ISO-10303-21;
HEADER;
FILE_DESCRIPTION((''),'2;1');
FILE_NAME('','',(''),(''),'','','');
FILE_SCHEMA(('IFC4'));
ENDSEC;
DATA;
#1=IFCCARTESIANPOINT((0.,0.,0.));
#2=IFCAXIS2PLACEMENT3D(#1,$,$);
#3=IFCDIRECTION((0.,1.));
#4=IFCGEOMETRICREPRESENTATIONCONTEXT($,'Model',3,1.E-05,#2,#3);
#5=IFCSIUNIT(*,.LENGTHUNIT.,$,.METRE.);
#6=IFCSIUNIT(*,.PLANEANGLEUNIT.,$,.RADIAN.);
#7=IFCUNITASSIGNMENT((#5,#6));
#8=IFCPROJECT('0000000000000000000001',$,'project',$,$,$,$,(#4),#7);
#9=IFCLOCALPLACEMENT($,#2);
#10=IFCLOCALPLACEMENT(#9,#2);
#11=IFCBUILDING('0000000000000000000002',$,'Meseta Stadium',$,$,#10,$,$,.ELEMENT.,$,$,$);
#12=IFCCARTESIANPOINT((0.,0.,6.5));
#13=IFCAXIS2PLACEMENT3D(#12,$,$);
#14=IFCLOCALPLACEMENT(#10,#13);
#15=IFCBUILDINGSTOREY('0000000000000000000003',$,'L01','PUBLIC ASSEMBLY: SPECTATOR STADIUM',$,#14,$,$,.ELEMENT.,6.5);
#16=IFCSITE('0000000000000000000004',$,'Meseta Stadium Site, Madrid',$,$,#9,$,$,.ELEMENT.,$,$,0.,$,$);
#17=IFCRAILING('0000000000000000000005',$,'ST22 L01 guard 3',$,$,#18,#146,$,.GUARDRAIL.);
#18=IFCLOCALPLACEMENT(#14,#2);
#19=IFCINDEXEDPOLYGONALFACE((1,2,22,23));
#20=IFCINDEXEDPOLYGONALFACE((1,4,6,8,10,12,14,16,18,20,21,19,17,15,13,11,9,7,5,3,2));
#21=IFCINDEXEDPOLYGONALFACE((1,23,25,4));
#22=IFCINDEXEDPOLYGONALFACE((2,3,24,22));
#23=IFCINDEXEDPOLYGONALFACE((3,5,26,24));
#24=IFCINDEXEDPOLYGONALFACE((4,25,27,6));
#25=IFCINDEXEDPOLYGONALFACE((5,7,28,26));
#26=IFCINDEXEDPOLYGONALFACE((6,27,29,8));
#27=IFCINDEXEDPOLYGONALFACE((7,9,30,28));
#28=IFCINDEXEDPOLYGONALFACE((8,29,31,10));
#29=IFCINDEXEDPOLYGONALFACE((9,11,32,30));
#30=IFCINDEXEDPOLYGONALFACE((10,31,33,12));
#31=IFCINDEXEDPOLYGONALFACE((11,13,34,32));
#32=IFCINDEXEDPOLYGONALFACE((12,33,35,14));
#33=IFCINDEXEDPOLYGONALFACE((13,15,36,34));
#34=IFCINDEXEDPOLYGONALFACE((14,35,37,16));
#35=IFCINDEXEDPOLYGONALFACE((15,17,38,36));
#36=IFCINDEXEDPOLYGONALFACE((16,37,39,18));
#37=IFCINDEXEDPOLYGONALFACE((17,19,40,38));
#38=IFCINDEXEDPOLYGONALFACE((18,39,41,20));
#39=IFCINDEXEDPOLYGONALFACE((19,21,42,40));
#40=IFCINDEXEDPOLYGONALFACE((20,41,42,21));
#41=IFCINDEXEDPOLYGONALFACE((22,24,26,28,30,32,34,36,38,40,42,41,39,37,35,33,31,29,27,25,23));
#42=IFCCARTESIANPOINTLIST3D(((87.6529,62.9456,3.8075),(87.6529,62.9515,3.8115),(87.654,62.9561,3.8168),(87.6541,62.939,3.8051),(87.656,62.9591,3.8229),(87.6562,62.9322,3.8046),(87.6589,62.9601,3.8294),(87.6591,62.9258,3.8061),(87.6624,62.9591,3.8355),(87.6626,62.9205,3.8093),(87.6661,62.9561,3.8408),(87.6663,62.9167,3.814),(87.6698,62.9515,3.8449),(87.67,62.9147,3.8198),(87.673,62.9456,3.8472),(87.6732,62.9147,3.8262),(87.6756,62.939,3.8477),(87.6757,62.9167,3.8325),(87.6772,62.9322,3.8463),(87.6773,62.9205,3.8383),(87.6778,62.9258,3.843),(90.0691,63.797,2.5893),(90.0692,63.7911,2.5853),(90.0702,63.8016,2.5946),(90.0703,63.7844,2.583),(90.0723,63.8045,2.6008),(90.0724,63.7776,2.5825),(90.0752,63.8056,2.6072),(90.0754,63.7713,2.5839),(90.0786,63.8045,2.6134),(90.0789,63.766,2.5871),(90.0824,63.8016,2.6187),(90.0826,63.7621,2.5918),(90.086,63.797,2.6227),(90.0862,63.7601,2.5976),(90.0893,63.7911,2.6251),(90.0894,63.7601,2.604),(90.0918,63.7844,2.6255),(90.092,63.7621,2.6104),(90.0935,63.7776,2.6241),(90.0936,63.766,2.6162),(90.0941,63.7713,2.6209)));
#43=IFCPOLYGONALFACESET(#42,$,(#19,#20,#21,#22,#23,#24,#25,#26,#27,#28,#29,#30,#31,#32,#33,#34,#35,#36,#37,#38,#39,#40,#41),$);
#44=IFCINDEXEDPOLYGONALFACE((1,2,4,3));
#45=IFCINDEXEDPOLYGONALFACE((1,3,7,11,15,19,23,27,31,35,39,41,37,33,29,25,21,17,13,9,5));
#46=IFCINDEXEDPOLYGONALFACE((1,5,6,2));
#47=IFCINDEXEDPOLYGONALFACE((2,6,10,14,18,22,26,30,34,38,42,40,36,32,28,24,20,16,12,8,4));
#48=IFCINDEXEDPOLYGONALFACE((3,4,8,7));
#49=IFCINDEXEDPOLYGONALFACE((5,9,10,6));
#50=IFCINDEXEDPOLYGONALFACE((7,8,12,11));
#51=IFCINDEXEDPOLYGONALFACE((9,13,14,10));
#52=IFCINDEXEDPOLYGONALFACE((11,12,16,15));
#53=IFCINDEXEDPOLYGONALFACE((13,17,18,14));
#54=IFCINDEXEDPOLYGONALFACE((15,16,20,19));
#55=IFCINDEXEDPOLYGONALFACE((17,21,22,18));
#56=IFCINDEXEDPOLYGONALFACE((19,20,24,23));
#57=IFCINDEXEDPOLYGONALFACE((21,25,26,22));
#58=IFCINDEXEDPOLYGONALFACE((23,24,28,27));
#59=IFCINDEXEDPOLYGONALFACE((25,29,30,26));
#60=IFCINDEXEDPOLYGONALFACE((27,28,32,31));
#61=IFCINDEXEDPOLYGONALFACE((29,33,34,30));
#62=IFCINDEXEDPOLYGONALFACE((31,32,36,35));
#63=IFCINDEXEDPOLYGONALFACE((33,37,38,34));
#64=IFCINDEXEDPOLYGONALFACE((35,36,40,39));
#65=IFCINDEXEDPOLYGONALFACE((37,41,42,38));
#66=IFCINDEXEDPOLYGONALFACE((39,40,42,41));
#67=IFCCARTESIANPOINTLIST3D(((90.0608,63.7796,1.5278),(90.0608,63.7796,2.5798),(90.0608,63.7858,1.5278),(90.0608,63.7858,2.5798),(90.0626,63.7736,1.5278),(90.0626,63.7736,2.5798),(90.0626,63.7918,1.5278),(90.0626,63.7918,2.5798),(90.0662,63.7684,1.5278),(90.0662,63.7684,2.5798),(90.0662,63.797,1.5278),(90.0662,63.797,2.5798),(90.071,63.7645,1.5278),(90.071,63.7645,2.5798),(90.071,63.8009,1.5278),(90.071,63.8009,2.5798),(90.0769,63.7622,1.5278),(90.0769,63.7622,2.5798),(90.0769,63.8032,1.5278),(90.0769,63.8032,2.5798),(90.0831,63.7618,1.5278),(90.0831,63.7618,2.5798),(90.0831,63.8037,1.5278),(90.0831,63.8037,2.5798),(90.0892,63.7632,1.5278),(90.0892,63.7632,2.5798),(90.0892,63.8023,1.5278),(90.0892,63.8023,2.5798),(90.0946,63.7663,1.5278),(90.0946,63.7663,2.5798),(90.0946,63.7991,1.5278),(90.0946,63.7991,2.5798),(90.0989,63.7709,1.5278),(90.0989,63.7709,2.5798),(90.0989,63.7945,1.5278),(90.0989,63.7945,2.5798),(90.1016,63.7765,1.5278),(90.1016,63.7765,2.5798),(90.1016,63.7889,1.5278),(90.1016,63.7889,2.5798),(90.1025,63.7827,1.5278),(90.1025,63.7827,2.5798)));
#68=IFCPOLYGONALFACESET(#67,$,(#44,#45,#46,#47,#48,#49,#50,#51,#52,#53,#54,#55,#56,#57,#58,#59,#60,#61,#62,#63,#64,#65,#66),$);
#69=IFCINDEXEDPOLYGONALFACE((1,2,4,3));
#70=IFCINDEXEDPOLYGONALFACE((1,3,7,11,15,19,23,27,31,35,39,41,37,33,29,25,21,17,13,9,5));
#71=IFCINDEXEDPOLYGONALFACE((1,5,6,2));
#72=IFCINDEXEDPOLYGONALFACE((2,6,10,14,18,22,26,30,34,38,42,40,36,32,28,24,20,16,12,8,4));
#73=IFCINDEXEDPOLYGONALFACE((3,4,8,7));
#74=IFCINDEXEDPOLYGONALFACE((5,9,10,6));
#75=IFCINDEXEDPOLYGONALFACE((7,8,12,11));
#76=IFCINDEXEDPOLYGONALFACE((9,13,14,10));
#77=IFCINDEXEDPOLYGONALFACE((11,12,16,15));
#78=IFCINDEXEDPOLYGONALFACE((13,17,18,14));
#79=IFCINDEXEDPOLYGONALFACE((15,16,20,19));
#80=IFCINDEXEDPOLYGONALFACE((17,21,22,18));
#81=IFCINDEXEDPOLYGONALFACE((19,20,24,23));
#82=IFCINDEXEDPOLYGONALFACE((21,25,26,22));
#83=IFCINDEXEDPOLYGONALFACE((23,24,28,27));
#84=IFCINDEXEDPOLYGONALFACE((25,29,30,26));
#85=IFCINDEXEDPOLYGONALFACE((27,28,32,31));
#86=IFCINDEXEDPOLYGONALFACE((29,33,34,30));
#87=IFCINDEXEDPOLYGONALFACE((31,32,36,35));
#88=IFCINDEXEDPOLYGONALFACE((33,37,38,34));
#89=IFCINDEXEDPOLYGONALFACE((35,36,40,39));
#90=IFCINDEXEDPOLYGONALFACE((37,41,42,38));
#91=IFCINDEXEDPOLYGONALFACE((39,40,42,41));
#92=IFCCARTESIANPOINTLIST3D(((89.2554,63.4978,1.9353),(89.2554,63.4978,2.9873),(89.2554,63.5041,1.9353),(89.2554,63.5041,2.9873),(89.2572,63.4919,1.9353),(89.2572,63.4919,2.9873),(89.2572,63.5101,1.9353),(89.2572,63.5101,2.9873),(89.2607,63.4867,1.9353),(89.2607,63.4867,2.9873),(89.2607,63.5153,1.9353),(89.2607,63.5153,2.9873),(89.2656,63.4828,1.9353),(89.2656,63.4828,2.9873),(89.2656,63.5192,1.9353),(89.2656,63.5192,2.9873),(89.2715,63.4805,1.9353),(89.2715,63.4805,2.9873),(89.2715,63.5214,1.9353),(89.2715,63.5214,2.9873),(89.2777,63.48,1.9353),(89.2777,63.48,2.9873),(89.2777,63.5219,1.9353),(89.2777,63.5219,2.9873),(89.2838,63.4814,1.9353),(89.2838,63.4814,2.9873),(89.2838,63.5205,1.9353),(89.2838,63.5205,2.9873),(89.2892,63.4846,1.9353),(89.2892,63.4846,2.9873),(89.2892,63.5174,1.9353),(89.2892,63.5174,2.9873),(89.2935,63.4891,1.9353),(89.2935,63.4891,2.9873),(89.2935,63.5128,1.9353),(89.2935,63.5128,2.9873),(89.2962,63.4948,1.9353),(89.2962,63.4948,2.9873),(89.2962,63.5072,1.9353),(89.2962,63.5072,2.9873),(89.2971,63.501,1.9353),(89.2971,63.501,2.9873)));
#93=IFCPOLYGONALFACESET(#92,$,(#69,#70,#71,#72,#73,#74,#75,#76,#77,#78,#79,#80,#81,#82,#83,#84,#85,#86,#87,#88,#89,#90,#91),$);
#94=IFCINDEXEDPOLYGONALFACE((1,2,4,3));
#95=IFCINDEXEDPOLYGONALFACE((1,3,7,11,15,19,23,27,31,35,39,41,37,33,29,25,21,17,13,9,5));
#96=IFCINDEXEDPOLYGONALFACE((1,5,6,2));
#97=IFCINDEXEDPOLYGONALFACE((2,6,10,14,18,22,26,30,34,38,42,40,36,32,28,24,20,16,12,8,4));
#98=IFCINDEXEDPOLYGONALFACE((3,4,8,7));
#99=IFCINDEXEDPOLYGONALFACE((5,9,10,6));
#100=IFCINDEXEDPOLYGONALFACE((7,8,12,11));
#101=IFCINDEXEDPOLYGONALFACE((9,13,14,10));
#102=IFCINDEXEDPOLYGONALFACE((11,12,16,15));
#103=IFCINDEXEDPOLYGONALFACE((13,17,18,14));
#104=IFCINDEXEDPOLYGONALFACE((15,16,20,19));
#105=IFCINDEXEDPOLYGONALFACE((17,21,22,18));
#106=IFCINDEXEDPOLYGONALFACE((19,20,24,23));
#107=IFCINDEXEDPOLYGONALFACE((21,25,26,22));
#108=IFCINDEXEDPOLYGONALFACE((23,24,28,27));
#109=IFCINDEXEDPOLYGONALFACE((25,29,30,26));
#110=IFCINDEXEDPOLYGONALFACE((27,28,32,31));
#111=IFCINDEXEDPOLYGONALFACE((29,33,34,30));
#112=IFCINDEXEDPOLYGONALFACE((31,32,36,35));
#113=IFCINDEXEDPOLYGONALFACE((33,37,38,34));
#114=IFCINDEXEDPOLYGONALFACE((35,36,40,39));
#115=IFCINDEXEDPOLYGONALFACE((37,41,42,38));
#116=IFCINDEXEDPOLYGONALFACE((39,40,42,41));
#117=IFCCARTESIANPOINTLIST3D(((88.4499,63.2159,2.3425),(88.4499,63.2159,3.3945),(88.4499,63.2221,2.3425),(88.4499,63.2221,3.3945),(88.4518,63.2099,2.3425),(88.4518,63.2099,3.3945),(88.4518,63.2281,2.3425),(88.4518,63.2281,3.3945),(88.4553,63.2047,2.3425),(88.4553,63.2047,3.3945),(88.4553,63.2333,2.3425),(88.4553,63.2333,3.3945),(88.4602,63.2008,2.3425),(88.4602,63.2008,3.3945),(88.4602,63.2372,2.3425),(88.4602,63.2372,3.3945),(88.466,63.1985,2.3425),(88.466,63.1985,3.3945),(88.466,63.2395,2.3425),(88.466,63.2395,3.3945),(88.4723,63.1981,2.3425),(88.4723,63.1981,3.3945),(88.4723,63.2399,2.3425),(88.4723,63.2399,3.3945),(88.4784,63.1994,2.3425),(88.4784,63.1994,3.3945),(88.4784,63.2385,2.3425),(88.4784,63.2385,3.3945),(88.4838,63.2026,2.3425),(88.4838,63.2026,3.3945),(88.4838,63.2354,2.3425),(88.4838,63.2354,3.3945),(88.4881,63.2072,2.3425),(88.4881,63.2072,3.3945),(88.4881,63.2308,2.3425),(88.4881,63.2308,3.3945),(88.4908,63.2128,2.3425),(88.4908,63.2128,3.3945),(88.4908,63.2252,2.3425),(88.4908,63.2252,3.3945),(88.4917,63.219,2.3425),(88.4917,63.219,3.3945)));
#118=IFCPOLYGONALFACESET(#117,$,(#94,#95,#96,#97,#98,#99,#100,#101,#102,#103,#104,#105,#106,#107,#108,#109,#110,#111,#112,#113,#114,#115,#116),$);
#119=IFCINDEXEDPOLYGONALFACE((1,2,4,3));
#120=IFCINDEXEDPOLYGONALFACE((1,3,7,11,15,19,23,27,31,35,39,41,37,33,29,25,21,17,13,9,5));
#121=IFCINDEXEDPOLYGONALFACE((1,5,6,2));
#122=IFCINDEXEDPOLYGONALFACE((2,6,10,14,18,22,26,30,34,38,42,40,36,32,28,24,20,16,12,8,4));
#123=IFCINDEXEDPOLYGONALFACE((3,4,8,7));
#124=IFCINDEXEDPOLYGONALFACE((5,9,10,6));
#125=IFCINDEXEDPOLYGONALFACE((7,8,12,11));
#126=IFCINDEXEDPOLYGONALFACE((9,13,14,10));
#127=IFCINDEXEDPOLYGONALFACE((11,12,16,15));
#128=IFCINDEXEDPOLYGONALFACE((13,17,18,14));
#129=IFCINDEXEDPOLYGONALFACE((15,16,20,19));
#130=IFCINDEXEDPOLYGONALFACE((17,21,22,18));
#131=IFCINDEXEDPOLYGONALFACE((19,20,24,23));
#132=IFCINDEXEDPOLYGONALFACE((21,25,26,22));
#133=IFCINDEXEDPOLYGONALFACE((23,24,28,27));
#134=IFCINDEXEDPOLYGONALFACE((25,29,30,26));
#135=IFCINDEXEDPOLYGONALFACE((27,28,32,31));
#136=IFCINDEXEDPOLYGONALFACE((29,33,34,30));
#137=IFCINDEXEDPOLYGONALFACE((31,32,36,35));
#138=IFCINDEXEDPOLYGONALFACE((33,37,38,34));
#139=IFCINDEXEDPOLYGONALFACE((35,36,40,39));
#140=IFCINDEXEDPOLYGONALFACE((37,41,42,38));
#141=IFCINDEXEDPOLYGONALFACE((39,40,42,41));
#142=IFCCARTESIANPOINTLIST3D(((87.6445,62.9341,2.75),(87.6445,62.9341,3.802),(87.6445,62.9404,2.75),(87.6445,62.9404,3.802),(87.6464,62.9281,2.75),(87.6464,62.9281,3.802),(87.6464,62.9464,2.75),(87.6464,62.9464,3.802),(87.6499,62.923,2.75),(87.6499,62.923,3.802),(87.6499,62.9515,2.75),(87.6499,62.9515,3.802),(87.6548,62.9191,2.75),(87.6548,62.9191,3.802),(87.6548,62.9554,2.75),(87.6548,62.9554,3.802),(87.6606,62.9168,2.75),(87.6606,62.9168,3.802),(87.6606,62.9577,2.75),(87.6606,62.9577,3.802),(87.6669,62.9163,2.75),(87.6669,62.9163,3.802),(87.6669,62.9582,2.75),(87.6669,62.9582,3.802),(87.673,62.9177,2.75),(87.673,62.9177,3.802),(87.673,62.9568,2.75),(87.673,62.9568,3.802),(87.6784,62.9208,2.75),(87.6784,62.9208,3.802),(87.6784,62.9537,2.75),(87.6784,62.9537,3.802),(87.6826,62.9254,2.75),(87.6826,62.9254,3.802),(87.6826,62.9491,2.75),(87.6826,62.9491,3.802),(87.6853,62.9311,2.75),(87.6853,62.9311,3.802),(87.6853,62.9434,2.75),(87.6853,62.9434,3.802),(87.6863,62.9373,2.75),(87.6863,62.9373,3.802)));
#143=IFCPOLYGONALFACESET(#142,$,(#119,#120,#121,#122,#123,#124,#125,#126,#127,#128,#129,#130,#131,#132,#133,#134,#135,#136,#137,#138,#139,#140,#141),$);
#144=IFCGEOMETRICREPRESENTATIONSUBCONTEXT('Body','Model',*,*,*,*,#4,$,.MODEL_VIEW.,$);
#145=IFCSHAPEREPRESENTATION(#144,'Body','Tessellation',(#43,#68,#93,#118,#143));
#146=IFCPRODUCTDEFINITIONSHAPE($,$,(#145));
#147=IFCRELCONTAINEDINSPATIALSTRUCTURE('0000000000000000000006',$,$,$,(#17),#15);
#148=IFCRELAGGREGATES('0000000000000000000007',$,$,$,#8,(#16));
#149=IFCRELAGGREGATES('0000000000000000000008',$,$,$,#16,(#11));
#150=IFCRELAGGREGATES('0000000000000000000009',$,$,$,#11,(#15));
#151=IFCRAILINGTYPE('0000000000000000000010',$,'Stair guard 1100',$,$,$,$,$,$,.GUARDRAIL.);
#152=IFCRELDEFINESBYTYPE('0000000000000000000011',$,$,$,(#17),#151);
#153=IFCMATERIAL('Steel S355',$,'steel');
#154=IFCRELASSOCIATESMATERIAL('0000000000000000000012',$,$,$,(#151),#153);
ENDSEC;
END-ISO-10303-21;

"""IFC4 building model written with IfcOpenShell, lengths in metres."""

from ifc_helpers import new_model, si_unit, direction, frame, origin, origin_2d, place, context, subcontext, project, spatial, circle, extrude, material, type_object, element, save


model = new_model("IFC4")

# Units and contexts
model_context = context("Model", 3, precision=1e-05, world=origin(), true_north=direction((0.0, 1.0)))
body_context = subcontext(model_context, "Body", "Model", "MODEL_VIEW")
ifc_project = project(units=[si_unit("LENGTHUNIT", "METRE"), si_unit("PLANEANGLEUNIT", "RADIAN")], contexts=[model_context])

# Site, building, storey
site_placement = place(None, origin())
site = spatial("IfcSite", under=ifc_project, at=site_placement, Name="Meseta Stadium Site, Madrid", CompositionType="ELEMENT", RefElevation=0.0)
building_placement = place(site_placement, origin())
building = spatial("IfcBuilding", under=site, at=building_placement, Name="Meseta Stadium", CompositionType="ELEMENT")
storey_placement = place(building_placement, frame((0.0, 0.0, 6.5)))
storey = spatial("IfcBuildingStorey", under=building, at=storey_placement, Name="L01", Description="PUBLIC ASSEMBLY: SPECTATOR STADIUM", CompositionType="ELEMENT", Elevation=6.5)

# Railing
ifc_material_1 = material(Name="Steel S355", Category="steel")
railing_type_1 = type_object("IfcRailingType", Name="Stair guard 1100", PredefinedType="GUARDRAIL", material=ifc_material_1)
railing_1_placement = place(storey_placement, frame((90.0815, 63.7827, 1.5278)))
element("IfcRailing", 1, at=railing_1_placement, inside=storey, type_object=railing_type_1, Name="ST22 L01 guard 3", PredefinedType="GUARDRAIL", context=body_context, shape_type="SweptSolid", body=[
    extrude(circle(Radius=0.0239, at=origin_2d()), frame((0.0, 0.0, 1.0762), z_axis=(-0.851789, -0.298044, 0.430843), x_axis=(0.33027, -0.943887, 0.0)), (0.0, 0.0, 1.0), 2.8367),
    extrude(circle(Radius=0.021, at=origin_2d()), origin(), (0.0, 0.0, 1.0), 1.052),
    extrude(circle(Radius=0.021, at=origin_2d()), frame((-0.8054, -0.2817, 0.4075)), (0.0, 0.0, 1.0), 1.052),
    extrude(circle(Radius=0.021, at=origin_2d()), frame((-1.6108, -0.5637, 0.8147)), (0.0, 0.0, 1.0), 1.052),
    extrude(circle(Radius=0.021, at=origin_2d()), frame((-2.4163, -0.8455, 1.2222)), (0.0, 0.0, 1.0), 1.052),
])

save(model, "model.ifc")
